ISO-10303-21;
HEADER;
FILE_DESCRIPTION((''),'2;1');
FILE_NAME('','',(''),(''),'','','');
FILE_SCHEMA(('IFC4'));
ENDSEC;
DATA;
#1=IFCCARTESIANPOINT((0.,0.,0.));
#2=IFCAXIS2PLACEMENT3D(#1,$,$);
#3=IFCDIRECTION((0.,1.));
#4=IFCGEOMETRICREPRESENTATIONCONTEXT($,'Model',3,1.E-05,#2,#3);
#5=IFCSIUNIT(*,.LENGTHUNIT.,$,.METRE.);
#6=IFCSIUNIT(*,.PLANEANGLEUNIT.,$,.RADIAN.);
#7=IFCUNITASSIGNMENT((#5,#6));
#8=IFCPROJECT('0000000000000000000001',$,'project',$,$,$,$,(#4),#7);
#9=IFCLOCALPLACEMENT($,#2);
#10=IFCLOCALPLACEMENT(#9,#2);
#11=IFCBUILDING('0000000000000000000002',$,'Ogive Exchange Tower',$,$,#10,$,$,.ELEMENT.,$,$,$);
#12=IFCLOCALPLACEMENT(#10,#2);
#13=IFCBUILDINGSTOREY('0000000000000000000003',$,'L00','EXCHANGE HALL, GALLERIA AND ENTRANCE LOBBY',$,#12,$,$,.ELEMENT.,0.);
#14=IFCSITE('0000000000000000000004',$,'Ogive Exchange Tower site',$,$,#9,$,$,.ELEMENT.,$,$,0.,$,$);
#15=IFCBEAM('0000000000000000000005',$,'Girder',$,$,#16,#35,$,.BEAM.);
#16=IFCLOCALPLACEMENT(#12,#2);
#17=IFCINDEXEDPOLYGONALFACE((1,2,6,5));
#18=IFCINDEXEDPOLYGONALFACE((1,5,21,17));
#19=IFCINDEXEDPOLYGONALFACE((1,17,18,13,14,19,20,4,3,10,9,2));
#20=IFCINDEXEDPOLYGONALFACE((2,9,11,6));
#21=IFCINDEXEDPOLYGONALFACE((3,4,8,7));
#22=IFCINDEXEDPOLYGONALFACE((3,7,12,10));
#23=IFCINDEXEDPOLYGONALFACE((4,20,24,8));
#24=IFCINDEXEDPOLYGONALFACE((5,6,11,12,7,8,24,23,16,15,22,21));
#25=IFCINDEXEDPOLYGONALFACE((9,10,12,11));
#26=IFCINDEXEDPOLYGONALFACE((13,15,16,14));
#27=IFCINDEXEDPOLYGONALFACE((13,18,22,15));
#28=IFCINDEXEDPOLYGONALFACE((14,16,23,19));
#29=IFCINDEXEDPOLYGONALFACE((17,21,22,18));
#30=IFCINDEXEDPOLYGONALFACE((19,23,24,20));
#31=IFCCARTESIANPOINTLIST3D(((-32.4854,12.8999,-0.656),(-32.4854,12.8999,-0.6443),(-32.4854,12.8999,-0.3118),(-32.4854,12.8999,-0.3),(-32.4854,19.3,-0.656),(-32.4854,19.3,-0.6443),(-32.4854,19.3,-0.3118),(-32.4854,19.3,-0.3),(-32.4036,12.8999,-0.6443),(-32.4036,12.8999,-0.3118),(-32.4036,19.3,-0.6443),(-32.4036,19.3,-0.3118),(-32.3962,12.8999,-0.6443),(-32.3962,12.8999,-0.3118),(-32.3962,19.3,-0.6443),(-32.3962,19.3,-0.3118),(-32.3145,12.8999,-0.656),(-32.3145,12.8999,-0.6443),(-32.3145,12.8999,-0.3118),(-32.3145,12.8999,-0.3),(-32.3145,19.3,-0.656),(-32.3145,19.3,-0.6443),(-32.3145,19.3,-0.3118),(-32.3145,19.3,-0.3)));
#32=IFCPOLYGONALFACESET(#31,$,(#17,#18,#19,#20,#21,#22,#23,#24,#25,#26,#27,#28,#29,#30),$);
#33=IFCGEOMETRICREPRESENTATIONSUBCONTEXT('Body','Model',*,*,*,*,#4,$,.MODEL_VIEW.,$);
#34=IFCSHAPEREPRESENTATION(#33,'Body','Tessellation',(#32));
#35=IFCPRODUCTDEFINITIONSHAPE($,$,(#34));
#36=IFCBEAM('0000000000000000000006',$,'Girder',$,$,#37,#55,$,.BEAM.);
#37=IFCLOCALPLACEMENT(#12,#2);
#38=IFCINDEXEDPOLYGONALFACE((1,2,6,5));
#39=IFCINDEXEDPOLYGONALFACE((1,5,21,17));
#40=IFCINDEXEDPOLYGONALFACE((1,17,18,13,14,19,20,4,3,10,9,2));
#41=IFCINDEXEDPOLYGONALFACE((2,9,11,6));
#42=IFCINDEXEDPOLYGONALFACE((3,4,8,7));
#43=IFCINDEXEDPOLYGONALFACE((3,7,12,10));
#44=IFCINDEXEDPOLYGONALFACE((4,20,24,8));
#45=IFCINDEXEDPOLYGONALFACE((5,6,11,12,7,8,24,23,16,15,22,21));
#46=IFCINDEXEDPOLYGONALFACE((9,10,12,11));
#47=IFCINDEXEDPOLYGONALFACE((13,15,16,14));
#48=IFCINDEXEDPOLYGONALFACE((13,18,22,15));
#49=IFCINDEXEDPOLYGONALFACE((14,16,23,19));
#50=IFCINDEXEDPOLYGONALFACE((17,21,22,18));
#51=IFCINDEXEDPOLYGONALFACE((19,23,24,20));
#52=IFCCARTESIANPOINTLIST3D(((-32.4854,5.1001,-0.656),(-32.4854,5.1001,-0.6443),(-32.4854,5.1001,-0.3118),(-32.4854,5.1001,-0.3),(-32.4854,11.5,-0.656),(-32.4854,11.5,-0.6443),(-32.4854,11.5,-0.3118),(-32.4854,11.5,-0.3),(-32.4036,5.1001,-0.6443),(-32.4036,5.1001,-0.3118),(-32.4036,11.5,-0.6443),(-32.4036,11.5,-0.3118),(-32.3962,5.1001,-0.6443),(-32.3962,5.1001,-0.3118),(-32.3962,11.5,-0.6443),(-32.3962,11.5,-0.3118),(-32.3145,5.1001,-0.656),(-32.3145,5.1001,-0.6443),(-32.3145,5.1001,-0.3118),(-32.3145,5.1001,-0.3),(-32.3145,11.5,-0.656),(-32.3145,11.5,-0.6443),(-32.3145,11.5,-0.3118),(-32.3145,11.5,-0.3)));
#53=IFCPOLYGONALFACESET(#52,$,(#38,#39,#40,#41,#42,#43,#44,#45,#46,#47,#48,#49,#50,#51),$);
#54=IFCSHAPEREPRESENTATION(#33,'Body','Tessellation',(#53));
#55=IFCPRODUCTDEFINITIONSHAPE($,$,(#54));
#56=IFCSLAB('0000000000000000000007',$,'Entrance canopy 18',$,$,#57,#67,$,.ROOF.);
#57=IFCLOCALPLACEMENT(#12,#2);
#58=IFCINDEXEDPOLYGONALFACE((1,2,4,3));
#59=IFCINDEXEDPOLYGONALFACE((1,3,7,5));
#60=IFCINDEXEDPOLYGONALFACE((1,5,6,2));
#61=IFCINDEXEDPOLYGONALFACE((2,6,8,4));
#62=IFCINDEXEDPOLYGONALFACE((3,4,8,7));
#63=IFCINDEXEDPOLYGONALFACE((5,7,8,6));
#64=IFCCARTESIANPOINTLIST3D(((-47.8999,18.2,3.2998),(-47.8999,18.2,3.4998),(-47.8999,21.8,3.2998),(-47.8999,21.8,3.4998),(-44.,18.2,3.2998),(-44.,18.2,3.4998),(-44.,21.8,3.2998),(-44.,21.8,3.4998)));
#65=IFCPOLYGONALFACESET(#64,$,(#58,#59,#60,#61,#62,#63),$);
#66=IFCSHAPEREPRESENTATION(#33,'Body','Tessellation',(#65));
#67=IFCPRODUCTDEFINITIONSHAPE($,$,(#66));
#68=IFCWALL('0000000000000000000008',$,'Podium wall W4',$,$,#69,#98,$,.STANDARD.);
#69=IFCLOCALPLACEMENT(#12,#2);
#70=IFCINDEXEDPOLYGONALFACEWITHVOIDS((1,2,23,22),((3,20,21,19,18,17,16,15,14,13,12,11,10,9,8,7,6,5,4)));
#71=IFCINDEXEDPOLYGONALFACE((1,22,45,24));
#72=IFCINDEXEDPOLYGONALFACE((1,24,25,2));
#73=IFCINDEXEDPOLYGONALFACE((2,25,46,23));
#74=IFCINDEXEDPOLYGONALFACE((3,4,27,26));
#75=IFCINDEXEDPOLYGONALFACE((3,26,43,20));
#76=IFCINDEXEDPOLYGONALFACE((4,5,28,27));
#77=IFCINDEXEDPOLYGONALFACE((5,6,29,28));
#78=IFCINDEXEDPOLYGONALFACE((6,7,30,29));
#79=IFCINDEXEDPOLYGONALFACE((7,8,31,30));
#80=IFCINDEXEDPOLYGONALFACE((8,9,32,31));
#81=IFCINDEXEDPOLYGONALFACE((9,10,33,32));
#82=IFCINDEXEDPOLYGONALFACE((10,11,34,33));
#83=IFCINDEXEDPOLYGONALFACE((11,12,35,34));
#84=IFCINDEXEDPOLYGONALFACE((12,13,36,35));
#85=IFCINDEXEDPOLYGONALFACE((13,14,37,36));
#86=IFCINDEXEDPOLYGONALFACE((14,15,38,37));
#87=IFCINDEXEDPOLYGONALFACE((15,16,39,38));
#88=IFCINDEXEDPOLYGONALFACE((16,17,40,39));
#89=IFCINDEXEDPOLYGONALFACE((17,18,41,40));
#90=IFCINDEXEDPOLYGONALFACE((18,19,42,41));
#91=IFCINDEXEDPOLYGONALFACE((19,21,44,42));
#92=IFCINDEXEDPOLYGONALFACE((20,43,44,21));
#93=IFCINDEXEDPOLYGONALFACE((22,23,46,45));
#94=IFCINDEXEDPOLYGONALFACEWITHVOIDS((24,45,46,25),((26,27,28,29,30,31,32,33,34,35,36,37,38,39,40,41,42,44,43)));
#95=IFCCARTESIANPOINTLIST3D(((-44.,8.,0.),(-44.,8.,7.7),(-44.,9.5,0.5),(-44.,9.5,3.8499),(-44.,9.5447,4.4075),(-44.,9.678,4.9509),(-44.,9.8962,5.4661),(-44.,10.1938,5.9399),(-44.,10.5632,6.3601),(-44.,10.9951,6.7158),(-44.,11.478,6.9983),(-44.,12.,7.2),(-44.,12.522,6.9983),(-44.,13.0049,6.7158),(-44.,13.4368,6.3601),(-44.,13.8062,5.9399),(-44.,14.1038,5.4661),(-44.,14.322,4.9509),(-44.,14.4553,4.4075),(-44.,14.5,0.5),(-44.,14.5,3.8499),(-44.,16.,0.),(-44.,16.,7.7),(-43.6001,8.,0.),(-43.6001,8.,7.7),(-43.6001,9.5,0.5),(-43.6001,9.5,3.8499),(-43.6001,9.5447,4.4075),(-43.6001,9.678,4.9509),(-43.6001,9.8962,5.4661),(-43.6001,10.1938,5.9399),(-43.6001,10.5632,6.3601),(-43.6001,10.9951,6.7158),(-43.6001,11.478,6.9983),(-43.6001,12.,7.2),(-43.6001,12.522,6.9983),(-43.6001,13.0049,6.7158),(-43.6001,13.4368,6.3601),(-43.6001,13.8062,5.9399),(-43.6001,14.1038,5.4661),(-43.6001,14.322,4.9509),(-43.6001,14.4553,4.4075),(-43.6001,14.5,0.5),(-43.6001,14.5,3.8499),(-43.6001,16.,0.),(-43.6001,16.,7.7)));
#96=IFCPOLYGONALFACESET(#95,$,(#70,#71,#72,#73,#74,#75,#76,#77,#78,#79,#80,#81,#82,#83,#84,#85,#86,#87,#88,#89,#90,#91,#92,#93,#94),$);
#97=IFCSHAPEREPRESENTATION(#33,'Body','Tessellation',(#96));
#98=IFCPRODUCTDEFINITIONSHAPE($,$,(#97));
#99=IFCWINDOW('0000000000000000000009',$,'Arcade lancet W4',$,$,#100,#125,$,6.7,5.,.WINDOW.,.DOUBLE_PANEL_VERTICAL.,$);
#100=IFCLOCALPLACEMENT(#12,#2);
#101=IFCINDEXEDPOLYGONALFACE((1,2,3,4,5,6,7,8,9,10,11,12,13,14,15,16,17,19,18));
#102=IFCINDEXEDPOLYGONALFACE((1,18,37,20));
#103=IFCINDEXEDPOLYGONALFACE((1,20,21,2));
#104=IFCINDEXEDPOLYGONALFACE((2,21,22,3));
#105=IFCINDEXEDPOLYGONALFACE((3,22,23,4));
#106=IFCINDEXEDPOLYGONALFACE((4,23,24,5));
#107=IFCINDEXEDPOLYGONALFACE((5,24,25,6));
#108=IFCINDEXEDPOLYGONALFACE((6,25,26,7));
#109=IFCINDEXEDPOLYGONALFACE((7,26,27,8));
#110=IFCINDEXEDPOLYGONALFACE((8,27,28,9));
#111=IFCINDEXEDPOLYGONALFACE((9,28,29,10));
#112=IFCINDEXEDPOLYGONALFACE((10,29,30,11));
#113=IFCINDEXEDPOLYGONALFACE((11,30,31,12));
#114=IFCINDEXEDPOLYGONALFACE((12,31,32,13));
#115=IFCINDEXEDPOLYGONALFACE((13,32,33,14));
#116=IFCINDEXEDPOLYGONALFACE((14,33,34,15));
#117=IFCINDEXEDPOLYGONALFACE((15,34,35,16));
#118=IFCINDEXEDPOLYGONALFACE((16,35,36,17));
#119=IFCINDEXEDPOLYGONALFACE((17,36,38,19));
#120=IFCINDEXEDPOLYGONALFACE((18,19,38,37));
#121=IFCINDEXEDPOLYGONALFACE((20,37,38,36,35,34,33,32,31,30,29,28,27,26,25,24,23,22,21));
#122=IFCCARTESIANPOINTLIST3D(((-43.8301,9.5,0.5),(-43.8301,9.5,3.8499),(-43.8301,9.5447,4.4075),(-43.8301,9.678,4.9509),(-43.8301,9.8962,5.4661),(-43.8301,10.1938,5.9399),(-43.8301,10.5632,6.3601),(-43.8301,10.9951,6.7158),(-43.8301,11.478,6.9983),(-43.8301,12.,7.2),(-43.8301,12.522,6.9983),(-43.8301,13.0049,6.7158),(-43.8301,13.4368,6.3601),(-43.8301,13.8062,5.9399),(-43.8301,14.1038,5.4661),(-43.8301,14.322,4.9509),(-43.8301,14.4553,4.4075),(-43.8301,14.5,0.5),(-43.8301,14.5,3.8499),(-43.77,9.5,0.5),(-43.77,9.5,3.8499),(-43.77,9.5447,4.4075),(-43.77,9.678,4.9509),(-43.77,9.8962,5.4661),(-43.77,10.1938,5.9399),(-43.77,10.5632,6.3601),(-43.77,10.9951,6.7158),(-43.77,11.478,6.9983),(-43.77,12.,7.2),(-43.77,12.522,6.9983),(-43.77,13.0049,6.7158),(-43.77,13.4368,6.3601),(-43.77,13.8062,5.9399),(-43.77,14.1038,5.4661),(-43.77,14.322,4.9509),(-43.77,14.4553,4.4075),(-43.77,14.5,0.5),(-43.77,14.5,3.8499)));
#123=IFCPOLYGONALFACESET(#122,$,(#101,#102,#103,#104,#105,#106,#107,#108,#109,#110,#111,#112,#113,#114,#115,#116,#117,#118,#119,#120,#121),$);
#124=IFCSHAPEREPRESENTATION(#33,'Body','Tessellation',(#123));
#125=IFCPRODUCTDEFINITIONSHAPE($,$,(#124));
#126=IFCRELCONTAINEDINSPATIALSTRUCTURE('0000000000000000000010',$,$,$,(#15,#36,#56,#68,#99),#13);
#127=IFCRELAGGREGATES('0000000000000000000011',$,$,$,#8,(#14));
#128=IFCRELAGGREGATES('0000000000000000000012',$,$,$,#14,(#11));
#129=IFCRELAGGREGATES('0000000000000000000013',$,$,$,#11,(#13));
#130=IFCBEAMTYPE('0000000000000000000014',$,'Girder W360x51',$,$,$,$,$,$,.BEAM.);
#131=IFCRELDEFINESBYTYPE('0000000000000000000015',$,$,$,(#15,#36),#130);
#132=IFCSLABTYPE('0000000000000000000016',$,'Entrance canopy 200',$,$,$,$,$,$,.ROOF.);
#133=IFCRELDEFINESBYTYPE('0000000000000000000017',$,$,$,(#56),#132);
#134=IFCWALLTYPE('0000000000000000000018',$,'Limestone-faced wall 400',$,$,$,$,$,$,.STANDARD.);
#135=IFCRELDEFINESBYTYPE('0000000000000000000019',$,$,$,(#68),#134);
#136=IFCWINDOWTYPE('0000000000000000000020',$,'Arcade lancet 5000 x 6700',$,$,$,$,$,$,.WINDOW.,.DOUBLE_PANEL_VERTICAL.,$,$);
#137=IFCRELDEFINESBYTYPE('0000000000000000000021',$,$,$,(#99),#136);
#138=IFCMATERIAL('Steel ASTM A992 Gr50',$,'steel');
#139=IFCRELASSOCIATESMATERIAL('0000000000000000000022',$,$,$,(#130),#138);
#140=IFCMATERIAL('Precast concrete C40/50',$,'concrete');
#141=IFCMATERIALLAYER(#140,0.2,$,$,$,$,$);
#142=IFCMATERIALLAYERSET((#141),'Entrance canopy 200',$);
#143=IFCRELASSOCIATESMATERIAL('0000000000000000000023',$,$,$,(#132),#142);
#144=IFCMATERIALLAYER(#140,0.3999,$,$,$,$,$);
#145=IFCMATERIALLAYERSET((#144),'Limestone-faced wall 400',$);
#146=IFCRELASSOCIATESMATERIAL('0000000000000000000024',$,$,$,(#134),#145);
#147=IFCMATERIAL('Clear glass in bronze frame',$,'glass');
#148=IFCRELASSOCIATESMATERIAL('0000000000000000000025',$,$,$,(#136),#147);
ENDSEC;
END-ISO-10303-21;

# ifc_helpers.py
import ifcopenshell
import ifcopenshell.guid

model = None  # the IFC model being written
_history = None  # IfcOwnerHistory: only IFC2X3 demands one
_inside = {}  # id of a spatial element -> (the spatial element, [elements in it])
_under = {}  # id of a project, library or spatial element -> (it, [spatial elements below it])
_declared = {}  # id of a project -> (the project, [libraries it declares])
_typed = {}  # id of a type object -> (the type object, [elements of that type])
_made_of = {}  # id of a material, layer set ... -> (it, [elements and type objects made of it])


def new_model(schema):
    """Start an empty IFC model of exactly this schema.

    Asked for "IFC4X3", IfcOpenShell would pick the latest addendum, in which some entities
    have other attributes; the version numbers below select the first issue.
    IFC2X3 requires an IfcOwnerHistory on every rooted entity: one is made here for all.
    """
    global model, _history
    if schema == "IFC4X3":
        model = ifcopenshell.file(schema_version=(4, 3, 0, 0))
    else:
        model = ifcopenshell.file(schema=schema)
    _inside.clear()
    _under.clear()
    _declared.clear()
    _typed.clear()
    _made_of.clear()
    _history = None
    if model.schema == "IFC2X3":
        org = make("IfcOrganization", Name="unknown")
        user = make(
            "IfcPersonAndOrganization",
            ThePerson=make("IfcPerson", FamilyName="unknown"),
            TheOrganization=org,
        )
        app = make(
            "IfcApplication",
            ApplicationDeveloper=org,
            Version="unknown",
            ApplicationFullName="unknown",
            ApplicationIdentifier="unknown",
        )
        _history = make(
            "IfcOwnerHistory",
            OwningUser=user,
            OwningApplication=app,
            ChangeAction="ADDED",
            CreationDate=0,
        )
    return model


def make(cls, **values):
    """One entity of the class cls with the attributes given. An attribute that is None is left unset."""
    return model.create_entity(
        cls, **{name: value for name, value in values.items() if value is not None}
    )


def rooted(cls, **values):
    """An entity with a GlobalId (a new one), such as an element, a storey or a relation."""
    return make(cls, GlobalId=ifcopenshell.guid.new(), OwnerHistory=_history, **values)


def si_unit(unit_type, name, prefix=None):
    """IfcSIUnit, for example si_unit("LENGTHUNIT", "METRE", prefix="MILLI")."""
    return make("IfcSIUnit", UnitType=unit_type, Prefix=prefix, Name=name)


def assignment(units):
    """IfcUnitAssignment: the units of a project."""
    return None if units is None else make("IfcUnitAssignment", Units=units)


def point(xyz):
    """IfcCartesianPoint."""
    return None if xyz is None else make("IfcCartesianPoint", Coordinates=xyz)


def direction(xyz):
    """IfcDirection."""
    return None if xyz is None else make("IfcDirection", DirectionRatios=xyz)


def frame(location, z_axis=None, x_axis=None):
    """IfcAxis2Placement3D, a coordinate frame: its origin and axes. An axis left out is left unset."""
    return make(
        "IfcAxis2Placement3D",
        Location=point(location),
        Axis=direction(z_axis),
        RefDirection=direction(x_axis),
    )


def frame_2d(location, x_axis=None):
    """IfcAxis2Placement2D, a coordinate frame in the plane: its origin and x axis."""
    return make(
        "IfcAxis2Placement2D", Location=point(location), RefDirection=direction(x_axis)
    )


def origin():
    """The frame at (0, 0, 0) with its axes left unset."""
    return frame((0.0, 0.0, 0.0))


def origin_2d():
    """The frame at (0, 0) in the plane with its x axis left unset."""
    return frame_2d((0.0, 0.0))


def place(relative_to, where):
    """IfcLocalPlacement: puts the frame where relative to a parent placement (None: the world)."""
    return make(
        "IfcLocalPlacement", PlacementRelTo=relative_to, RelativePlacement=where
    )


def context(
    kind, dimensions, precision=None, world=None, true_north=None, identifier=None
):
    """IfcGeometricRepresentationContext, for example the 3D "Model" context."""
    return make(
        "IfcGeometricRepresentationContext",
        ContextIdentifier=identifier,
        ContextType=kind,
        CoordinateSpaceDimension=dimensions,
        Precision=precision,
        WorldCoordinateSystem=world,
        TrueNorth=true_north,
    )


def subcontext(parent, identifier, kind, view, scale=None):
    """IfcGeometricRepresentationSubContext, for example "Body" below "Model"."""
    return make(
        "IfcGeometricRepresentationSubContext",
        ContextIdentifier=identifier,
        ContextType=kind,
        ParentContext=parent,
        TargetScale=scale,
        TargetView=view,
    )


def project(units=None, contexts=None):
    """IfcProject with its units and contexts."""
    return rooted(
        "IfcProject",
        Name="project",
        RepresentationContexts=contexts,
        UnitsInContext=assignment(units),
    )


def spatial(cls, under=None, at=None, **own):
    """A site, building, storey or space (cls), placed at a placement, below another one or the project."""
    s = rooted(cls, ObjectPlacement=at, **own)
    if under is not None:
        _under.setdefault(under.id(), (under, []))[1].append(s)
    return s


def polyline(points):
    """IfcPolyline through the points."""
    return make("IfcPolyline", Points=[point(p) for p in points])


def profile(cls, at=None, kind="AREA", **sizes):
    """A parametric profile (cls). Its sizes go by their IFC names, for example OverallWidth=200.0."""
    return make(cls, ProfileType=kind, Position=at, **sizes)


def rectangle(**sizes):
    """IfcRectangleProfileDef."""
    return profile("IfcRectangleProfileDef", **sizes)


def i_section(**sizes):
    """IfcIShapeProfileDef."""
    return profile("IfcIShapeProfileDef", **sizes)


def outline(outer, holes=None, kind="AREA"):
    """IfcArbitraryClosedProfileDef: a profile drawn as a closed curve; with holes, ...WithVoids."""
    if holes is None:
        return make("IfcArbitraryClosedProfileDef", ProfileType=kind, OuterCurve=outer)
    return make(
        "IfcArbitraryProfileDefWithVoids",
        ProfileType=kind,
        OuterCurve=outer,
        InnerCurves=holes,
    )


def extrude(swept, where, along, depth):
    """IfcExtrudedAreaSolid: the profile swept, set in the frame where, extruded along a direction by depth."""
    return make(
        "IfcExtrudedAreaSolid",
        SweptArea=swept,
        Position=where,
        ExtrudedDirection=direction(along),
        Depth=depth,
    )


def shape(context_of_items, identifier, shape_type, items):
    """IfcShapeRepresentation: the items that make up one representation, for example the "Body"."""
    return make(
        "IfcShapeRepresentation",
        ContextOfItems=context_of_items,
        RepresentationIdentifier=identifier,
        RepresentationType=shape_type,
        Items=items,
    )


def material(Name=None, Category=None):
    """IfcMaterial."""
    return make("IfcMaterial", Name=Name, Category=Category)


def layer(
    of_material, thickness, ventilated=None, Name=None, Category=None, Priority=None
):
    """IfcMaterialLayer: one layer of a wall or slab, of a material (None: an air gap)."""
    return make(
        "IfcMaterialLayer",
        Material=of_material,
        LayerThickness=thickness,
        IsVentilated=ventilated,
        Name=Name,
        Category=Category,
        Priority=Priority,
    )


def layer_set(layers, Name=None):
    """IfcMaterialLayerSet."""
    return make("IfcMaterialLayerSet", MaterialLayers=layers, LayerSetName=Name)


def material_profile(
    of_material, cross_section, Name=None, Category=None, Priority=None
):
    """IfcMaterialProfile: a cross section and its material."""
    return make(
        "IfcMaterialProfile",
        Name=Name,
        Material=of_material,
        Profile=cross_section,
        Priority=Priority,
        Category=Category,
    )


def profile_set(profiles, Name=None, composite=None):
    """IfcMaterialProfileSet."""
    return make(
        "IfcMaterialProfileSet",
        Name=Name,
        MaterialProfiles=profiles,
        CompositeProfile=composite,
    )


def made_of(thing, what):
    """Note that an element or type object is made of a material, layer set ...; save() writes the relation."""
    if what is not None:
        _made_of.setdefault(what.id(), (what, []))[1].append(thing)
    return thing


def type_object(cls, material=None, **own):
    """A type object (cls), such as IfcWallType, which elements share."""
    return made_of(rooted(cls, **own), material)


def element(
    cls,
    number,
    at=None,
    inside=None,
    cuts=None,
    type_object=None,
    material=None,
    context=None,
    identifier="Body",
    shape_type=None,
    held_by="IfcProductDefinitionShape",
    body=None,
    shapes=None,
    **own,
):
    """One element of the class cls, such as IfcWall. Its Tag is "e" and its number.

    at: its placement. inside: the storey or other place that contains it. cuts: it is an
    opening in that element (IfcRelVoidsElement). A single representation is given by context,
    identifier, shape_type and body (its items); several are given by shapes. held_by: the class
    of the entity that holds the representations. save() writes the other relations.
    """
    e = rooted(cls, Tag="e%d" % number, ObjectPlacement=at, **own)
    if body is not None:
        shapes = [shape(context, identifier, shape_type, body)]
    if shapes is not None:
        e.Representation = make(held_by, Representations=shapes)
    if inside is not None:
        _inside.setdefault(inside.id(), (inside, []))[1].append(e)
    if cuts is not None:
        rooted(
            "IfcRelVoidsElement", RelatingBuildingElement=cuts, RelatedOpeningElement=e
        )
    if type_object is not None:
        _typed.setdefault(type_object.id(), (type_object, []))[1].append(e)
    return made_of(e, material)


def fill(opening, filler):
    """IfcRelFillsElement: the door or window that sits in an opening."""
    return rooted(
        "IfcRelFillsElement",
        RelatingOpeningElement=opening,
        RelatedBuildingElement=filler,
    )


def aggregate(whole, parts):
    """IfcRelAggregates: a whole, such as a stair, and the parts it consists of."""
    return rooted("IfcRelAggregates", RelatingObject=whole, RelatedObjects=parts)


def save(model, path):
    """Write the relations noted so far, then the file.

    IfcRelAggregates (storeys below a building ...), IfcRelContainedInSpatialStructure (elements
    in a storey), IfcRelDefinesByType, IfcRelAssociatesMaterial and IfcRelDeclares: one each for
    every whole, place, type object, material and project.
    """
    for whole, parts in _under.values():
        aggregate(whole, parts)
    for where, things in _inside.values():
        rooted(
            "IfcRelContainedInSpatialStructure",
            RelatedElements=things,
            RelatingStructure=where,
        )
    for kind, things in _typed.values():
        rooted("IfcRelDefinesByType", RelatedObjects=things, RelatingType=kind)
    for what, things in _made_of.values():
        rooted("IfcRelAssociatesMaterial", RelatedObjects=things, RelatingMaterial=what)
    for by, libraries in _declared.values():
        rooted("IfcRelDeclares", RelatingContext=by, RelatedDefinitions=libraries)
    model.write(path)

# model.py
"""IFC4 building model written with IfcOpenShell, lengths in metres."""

from ifc_helpers import new_model, si_unit, direction, frame, frame_2d, origin, origin_2d, place, context, subcontext, project, spatial, polyline, rectangle, i_section, outline, extrude, material, layer, layer_set, material_profile, profile_set, type_object, element, fill, save


model = new_model("IFC4")

# Units and contexts
model_context = context("Model", 3, precision=1e-05, world=origin(), true_north=direction((0.0, 1.0)))
body_context = subcontext(model_context, "Body", "Model", "MODEL_VIEW")
ifc_project = project(units=[si_unit("LENGTHUNIT", "METRE"), si_unit("PLANEANGLEUNIT", "RADIAN")], contexts=[model_context])

# Site, building, storey
site_placement = place(None, origin())
site = spatial("IfcSite", under=ifc_project, at=site_placement, Name="Ogive Exchange Tower site", CompositionType="ELEMENT", RefElevation=0.0)
building_placement = place(site_placement, origin())
building = spatial("IfcBuilding", under=site, at=building_placement, Name="Ogive Exchange Tower", CompositionType="ELEMENT")
storey_placement = place(building_placement, origin())
storey = spatial("IfcBuildingStorey", under=building, at=storey_placement, Name="L00", Description="EXCHANGE HALL, GALLERIA AND ENTRANCE LOBBY", CompositionType="ELEMENT", Elevation=0.0)

# Beams
ifc_material_1 = material(Name="Steel ASTM A992 Gr50", Category="steel")
ifc_material_profile_1 = material_profile(ifc_material_1, i_section(OverallWidth=0.1709, OverallDepth=0.356, WebThickness=0.0073, FlangeThickness=0.0117, at=origin_2d()), Name="W360x51")
ifc_profile_set_1 = profile_set([ifc_material_profile_1], Name="Steel ASTM A992 Gr50")
beam_type_1 = type_object("IfcBeamType", Name="Girder W360x51", PredefinedType="BEAM", material=ifc_profile_set_1)
beam_1_placement = place(storey_placement, frame((-32.3999, 19.3, -0.478), z_axis=(0.0, -1.0, 0.0), x_axis=(1.0, 0.0, 0.0)))
element("IfcBeam", 1, at=beam_1_placement, inside=storey, type_object=beam_type_1, Name="Girder", PredefinedType="BEAM", context=body_context, shape_type="SweptSolid", body=[
    extrude(i_section(OverallWidth=0.1709, OverallDepth=0.356, WebThickness=0.0073, FlangeThickness=0.0117, at=origin_2d()), origin(), (0.0, 0.0, 1.0), 6.4001),
])
beam_2_placement = place(storey_placement, frame((-32.3999, 11.5, -0.478), z_axis=(0.0, -1.0, 0.0), x_axis=(1.0, 0.0, 0.0)))
element("IfcBeam", 2, at=beam_2_placement, inside=storey, type_object=beam_type_1, Name="Girder", PredefinedType="BEAM", context=body_context, shape_type="SweptSolid", body=[
    extrude(i_section(OverallWidth=0.1709, OverallDepth=0.356, WebThickness=0.0073, FlangeThickness=0.0117, at=origin_2d()), origin(), (0.0, 0.0, 1.0), 6.3999),
])

# Slab
ifc_material_2 = material(Name="Precast concrete C40/50", Category="concrete")
ifc_layer_1 = layer(ifc_material_2, 0.2)
ifc_layer_set_1 = layer_set([ifc_layer_1], Name="Entrance canopy 200")
slab_type = type_object("IfcSlabType", Name="Entrance canopy 200", PredefinedType="ROOF", material=ifc_layer_set_1)
slab_placement = place(storey_placement, frame((-45.95, 20.0, 3.2998), z_axis=(0.0, 0.0, 1.0), x_axis=(0.0, -1.0, 0.0)))
element("IfcSlab", 3, at=slab_placement, inside=storey, type_object=slab_type, Name="Entrance canopy 18", PredefinedType="ROOF", context=body_context, shape_type="SweptSolid", body=[
    extrude(rectangle(XDim=3.6001, YDim=3.8999, at=origin_2d()), origin(), (0.0, 0.0, 1.0), 0.2),
])

# Wall, opening, window
ifc_layer_2 = layer(ifc_material_2, 0.3999)
ifc_layer_set_2 = layer_set([ifc_layer_2], Name="Limestone-faced wall 400")
wall_type_1 = type_object("IfcWallType", Name="Limestone-faced wall 400", PredefinedType="STANDARD", material=ifc_layer_set_2)
wall_1_placement = place(storey_placement, frame((-43.8, 16.0, 0.0), z_axis=(0.0, 0.0, 1.0), x_axis=(0.0, -1.0, 0.0)))
wall_1 = element("IfcWall", 4, at=wall_1_placement, inside=storey, type_object=wall_type_1, Name="Podium wall W4", PredefinedType="STANDARD", context=body_context, shape_type="SweptSolid", body=[
    extrude(rectangle(XDim=8.0, YDim=0.3999, at=frame_2d((4.0, 0.0))), origin(), (0.0, 0.0, 1.0), 7.7),
])
opening_1_placement = place(wall_1_placement, frame((1.5, 0.0, 0.5)))
opening_1 = element("IfcOpeningElement", 5, at=opening_1_placement, cuts=wall_1, PredefinedType="OPENING", context=body_context, shape_type="SweptSolid", body=[
    extrude(outline(polyline([(0.0, 0.0), (5.0, 0.0), (5.0, 3.3499), (4.9553, 3.9075), (4.822, 4.4509), (4.6038, 4.9661), (4.3062, 5.4399), (3.9368, 5.8601), (3.5049, 6.2158), (3.022, 6.4983), (2.5, 6.7), (1.978, 6.4983), (1.4951, 6.2158), (1.0632, 5.8601), (0.6938, 5.4399), (0.3962, 4.9661), (0.178, 4.4509), (0.0447, 3.9075), (0.0, 3.3499), (0.0, 0.0)])), frame((0.0, 0.21, 0.0), z_axis=(0.0, -1.0, 0.0), x_axis=(1.0, 0.0, 0.0)), (0.0, 0.0, 1.0), 0.4199),
])
ifc_material_3 = material(Name="Clear glass in bronze frame", Category="glass")
window_type = type_object("IfcWindowType", Name="Arcade lancet 5000 x 6700", PartitioningType="DOUBLE_PANEL_VERTICAL", PredefinedType="WINDOW", material=ifc_material_3)
window_1_placement = place(opening_1_placement, origin())
window_1 = element("IfcWindow", 6, at=window_1_placement, inside=storey, type_object=window_type, Name="Arcade lancet W4", OverallHeight=6.7, OverallWidth=5.0, PartitioningType="DOUBLE_PANEL_VERTICAL", PredefinedType="WINDOW", context=body_context, shape_type="SweptSolid", body=[
    extrude(outline(polyline([(0.0, 0.0), (5.0, 0.0), (5.0, 3.3499), (4.9553, 3.9075), (4.822, 4.4509), (4.6038, 4.9661), (4.3062, 5.4399), (3.9368, 5.8601), (3.5049, 6.2158), (3.022, 6.4983), (2.5, 6.7), (1.978, 6.4983), (1.4951, 6.2158), (1.0632, 5.8601), (0.6938, 5.4399), (0.3962, 4.9661), (0.178, 4.4509), (0.0447, 3.9075), (0.0, 3.3499), (0.0, 0.0)])), frame((0.0, 0.03, 0.0), z_axis=(0.0, -1.0, 0.0), x_axis=(1.0, 0.0, 0.0)), (0.0, 0.0, 1.0), 0.0601),
])
fill(opening_1, window_1)

save(model, "model.ifc")
